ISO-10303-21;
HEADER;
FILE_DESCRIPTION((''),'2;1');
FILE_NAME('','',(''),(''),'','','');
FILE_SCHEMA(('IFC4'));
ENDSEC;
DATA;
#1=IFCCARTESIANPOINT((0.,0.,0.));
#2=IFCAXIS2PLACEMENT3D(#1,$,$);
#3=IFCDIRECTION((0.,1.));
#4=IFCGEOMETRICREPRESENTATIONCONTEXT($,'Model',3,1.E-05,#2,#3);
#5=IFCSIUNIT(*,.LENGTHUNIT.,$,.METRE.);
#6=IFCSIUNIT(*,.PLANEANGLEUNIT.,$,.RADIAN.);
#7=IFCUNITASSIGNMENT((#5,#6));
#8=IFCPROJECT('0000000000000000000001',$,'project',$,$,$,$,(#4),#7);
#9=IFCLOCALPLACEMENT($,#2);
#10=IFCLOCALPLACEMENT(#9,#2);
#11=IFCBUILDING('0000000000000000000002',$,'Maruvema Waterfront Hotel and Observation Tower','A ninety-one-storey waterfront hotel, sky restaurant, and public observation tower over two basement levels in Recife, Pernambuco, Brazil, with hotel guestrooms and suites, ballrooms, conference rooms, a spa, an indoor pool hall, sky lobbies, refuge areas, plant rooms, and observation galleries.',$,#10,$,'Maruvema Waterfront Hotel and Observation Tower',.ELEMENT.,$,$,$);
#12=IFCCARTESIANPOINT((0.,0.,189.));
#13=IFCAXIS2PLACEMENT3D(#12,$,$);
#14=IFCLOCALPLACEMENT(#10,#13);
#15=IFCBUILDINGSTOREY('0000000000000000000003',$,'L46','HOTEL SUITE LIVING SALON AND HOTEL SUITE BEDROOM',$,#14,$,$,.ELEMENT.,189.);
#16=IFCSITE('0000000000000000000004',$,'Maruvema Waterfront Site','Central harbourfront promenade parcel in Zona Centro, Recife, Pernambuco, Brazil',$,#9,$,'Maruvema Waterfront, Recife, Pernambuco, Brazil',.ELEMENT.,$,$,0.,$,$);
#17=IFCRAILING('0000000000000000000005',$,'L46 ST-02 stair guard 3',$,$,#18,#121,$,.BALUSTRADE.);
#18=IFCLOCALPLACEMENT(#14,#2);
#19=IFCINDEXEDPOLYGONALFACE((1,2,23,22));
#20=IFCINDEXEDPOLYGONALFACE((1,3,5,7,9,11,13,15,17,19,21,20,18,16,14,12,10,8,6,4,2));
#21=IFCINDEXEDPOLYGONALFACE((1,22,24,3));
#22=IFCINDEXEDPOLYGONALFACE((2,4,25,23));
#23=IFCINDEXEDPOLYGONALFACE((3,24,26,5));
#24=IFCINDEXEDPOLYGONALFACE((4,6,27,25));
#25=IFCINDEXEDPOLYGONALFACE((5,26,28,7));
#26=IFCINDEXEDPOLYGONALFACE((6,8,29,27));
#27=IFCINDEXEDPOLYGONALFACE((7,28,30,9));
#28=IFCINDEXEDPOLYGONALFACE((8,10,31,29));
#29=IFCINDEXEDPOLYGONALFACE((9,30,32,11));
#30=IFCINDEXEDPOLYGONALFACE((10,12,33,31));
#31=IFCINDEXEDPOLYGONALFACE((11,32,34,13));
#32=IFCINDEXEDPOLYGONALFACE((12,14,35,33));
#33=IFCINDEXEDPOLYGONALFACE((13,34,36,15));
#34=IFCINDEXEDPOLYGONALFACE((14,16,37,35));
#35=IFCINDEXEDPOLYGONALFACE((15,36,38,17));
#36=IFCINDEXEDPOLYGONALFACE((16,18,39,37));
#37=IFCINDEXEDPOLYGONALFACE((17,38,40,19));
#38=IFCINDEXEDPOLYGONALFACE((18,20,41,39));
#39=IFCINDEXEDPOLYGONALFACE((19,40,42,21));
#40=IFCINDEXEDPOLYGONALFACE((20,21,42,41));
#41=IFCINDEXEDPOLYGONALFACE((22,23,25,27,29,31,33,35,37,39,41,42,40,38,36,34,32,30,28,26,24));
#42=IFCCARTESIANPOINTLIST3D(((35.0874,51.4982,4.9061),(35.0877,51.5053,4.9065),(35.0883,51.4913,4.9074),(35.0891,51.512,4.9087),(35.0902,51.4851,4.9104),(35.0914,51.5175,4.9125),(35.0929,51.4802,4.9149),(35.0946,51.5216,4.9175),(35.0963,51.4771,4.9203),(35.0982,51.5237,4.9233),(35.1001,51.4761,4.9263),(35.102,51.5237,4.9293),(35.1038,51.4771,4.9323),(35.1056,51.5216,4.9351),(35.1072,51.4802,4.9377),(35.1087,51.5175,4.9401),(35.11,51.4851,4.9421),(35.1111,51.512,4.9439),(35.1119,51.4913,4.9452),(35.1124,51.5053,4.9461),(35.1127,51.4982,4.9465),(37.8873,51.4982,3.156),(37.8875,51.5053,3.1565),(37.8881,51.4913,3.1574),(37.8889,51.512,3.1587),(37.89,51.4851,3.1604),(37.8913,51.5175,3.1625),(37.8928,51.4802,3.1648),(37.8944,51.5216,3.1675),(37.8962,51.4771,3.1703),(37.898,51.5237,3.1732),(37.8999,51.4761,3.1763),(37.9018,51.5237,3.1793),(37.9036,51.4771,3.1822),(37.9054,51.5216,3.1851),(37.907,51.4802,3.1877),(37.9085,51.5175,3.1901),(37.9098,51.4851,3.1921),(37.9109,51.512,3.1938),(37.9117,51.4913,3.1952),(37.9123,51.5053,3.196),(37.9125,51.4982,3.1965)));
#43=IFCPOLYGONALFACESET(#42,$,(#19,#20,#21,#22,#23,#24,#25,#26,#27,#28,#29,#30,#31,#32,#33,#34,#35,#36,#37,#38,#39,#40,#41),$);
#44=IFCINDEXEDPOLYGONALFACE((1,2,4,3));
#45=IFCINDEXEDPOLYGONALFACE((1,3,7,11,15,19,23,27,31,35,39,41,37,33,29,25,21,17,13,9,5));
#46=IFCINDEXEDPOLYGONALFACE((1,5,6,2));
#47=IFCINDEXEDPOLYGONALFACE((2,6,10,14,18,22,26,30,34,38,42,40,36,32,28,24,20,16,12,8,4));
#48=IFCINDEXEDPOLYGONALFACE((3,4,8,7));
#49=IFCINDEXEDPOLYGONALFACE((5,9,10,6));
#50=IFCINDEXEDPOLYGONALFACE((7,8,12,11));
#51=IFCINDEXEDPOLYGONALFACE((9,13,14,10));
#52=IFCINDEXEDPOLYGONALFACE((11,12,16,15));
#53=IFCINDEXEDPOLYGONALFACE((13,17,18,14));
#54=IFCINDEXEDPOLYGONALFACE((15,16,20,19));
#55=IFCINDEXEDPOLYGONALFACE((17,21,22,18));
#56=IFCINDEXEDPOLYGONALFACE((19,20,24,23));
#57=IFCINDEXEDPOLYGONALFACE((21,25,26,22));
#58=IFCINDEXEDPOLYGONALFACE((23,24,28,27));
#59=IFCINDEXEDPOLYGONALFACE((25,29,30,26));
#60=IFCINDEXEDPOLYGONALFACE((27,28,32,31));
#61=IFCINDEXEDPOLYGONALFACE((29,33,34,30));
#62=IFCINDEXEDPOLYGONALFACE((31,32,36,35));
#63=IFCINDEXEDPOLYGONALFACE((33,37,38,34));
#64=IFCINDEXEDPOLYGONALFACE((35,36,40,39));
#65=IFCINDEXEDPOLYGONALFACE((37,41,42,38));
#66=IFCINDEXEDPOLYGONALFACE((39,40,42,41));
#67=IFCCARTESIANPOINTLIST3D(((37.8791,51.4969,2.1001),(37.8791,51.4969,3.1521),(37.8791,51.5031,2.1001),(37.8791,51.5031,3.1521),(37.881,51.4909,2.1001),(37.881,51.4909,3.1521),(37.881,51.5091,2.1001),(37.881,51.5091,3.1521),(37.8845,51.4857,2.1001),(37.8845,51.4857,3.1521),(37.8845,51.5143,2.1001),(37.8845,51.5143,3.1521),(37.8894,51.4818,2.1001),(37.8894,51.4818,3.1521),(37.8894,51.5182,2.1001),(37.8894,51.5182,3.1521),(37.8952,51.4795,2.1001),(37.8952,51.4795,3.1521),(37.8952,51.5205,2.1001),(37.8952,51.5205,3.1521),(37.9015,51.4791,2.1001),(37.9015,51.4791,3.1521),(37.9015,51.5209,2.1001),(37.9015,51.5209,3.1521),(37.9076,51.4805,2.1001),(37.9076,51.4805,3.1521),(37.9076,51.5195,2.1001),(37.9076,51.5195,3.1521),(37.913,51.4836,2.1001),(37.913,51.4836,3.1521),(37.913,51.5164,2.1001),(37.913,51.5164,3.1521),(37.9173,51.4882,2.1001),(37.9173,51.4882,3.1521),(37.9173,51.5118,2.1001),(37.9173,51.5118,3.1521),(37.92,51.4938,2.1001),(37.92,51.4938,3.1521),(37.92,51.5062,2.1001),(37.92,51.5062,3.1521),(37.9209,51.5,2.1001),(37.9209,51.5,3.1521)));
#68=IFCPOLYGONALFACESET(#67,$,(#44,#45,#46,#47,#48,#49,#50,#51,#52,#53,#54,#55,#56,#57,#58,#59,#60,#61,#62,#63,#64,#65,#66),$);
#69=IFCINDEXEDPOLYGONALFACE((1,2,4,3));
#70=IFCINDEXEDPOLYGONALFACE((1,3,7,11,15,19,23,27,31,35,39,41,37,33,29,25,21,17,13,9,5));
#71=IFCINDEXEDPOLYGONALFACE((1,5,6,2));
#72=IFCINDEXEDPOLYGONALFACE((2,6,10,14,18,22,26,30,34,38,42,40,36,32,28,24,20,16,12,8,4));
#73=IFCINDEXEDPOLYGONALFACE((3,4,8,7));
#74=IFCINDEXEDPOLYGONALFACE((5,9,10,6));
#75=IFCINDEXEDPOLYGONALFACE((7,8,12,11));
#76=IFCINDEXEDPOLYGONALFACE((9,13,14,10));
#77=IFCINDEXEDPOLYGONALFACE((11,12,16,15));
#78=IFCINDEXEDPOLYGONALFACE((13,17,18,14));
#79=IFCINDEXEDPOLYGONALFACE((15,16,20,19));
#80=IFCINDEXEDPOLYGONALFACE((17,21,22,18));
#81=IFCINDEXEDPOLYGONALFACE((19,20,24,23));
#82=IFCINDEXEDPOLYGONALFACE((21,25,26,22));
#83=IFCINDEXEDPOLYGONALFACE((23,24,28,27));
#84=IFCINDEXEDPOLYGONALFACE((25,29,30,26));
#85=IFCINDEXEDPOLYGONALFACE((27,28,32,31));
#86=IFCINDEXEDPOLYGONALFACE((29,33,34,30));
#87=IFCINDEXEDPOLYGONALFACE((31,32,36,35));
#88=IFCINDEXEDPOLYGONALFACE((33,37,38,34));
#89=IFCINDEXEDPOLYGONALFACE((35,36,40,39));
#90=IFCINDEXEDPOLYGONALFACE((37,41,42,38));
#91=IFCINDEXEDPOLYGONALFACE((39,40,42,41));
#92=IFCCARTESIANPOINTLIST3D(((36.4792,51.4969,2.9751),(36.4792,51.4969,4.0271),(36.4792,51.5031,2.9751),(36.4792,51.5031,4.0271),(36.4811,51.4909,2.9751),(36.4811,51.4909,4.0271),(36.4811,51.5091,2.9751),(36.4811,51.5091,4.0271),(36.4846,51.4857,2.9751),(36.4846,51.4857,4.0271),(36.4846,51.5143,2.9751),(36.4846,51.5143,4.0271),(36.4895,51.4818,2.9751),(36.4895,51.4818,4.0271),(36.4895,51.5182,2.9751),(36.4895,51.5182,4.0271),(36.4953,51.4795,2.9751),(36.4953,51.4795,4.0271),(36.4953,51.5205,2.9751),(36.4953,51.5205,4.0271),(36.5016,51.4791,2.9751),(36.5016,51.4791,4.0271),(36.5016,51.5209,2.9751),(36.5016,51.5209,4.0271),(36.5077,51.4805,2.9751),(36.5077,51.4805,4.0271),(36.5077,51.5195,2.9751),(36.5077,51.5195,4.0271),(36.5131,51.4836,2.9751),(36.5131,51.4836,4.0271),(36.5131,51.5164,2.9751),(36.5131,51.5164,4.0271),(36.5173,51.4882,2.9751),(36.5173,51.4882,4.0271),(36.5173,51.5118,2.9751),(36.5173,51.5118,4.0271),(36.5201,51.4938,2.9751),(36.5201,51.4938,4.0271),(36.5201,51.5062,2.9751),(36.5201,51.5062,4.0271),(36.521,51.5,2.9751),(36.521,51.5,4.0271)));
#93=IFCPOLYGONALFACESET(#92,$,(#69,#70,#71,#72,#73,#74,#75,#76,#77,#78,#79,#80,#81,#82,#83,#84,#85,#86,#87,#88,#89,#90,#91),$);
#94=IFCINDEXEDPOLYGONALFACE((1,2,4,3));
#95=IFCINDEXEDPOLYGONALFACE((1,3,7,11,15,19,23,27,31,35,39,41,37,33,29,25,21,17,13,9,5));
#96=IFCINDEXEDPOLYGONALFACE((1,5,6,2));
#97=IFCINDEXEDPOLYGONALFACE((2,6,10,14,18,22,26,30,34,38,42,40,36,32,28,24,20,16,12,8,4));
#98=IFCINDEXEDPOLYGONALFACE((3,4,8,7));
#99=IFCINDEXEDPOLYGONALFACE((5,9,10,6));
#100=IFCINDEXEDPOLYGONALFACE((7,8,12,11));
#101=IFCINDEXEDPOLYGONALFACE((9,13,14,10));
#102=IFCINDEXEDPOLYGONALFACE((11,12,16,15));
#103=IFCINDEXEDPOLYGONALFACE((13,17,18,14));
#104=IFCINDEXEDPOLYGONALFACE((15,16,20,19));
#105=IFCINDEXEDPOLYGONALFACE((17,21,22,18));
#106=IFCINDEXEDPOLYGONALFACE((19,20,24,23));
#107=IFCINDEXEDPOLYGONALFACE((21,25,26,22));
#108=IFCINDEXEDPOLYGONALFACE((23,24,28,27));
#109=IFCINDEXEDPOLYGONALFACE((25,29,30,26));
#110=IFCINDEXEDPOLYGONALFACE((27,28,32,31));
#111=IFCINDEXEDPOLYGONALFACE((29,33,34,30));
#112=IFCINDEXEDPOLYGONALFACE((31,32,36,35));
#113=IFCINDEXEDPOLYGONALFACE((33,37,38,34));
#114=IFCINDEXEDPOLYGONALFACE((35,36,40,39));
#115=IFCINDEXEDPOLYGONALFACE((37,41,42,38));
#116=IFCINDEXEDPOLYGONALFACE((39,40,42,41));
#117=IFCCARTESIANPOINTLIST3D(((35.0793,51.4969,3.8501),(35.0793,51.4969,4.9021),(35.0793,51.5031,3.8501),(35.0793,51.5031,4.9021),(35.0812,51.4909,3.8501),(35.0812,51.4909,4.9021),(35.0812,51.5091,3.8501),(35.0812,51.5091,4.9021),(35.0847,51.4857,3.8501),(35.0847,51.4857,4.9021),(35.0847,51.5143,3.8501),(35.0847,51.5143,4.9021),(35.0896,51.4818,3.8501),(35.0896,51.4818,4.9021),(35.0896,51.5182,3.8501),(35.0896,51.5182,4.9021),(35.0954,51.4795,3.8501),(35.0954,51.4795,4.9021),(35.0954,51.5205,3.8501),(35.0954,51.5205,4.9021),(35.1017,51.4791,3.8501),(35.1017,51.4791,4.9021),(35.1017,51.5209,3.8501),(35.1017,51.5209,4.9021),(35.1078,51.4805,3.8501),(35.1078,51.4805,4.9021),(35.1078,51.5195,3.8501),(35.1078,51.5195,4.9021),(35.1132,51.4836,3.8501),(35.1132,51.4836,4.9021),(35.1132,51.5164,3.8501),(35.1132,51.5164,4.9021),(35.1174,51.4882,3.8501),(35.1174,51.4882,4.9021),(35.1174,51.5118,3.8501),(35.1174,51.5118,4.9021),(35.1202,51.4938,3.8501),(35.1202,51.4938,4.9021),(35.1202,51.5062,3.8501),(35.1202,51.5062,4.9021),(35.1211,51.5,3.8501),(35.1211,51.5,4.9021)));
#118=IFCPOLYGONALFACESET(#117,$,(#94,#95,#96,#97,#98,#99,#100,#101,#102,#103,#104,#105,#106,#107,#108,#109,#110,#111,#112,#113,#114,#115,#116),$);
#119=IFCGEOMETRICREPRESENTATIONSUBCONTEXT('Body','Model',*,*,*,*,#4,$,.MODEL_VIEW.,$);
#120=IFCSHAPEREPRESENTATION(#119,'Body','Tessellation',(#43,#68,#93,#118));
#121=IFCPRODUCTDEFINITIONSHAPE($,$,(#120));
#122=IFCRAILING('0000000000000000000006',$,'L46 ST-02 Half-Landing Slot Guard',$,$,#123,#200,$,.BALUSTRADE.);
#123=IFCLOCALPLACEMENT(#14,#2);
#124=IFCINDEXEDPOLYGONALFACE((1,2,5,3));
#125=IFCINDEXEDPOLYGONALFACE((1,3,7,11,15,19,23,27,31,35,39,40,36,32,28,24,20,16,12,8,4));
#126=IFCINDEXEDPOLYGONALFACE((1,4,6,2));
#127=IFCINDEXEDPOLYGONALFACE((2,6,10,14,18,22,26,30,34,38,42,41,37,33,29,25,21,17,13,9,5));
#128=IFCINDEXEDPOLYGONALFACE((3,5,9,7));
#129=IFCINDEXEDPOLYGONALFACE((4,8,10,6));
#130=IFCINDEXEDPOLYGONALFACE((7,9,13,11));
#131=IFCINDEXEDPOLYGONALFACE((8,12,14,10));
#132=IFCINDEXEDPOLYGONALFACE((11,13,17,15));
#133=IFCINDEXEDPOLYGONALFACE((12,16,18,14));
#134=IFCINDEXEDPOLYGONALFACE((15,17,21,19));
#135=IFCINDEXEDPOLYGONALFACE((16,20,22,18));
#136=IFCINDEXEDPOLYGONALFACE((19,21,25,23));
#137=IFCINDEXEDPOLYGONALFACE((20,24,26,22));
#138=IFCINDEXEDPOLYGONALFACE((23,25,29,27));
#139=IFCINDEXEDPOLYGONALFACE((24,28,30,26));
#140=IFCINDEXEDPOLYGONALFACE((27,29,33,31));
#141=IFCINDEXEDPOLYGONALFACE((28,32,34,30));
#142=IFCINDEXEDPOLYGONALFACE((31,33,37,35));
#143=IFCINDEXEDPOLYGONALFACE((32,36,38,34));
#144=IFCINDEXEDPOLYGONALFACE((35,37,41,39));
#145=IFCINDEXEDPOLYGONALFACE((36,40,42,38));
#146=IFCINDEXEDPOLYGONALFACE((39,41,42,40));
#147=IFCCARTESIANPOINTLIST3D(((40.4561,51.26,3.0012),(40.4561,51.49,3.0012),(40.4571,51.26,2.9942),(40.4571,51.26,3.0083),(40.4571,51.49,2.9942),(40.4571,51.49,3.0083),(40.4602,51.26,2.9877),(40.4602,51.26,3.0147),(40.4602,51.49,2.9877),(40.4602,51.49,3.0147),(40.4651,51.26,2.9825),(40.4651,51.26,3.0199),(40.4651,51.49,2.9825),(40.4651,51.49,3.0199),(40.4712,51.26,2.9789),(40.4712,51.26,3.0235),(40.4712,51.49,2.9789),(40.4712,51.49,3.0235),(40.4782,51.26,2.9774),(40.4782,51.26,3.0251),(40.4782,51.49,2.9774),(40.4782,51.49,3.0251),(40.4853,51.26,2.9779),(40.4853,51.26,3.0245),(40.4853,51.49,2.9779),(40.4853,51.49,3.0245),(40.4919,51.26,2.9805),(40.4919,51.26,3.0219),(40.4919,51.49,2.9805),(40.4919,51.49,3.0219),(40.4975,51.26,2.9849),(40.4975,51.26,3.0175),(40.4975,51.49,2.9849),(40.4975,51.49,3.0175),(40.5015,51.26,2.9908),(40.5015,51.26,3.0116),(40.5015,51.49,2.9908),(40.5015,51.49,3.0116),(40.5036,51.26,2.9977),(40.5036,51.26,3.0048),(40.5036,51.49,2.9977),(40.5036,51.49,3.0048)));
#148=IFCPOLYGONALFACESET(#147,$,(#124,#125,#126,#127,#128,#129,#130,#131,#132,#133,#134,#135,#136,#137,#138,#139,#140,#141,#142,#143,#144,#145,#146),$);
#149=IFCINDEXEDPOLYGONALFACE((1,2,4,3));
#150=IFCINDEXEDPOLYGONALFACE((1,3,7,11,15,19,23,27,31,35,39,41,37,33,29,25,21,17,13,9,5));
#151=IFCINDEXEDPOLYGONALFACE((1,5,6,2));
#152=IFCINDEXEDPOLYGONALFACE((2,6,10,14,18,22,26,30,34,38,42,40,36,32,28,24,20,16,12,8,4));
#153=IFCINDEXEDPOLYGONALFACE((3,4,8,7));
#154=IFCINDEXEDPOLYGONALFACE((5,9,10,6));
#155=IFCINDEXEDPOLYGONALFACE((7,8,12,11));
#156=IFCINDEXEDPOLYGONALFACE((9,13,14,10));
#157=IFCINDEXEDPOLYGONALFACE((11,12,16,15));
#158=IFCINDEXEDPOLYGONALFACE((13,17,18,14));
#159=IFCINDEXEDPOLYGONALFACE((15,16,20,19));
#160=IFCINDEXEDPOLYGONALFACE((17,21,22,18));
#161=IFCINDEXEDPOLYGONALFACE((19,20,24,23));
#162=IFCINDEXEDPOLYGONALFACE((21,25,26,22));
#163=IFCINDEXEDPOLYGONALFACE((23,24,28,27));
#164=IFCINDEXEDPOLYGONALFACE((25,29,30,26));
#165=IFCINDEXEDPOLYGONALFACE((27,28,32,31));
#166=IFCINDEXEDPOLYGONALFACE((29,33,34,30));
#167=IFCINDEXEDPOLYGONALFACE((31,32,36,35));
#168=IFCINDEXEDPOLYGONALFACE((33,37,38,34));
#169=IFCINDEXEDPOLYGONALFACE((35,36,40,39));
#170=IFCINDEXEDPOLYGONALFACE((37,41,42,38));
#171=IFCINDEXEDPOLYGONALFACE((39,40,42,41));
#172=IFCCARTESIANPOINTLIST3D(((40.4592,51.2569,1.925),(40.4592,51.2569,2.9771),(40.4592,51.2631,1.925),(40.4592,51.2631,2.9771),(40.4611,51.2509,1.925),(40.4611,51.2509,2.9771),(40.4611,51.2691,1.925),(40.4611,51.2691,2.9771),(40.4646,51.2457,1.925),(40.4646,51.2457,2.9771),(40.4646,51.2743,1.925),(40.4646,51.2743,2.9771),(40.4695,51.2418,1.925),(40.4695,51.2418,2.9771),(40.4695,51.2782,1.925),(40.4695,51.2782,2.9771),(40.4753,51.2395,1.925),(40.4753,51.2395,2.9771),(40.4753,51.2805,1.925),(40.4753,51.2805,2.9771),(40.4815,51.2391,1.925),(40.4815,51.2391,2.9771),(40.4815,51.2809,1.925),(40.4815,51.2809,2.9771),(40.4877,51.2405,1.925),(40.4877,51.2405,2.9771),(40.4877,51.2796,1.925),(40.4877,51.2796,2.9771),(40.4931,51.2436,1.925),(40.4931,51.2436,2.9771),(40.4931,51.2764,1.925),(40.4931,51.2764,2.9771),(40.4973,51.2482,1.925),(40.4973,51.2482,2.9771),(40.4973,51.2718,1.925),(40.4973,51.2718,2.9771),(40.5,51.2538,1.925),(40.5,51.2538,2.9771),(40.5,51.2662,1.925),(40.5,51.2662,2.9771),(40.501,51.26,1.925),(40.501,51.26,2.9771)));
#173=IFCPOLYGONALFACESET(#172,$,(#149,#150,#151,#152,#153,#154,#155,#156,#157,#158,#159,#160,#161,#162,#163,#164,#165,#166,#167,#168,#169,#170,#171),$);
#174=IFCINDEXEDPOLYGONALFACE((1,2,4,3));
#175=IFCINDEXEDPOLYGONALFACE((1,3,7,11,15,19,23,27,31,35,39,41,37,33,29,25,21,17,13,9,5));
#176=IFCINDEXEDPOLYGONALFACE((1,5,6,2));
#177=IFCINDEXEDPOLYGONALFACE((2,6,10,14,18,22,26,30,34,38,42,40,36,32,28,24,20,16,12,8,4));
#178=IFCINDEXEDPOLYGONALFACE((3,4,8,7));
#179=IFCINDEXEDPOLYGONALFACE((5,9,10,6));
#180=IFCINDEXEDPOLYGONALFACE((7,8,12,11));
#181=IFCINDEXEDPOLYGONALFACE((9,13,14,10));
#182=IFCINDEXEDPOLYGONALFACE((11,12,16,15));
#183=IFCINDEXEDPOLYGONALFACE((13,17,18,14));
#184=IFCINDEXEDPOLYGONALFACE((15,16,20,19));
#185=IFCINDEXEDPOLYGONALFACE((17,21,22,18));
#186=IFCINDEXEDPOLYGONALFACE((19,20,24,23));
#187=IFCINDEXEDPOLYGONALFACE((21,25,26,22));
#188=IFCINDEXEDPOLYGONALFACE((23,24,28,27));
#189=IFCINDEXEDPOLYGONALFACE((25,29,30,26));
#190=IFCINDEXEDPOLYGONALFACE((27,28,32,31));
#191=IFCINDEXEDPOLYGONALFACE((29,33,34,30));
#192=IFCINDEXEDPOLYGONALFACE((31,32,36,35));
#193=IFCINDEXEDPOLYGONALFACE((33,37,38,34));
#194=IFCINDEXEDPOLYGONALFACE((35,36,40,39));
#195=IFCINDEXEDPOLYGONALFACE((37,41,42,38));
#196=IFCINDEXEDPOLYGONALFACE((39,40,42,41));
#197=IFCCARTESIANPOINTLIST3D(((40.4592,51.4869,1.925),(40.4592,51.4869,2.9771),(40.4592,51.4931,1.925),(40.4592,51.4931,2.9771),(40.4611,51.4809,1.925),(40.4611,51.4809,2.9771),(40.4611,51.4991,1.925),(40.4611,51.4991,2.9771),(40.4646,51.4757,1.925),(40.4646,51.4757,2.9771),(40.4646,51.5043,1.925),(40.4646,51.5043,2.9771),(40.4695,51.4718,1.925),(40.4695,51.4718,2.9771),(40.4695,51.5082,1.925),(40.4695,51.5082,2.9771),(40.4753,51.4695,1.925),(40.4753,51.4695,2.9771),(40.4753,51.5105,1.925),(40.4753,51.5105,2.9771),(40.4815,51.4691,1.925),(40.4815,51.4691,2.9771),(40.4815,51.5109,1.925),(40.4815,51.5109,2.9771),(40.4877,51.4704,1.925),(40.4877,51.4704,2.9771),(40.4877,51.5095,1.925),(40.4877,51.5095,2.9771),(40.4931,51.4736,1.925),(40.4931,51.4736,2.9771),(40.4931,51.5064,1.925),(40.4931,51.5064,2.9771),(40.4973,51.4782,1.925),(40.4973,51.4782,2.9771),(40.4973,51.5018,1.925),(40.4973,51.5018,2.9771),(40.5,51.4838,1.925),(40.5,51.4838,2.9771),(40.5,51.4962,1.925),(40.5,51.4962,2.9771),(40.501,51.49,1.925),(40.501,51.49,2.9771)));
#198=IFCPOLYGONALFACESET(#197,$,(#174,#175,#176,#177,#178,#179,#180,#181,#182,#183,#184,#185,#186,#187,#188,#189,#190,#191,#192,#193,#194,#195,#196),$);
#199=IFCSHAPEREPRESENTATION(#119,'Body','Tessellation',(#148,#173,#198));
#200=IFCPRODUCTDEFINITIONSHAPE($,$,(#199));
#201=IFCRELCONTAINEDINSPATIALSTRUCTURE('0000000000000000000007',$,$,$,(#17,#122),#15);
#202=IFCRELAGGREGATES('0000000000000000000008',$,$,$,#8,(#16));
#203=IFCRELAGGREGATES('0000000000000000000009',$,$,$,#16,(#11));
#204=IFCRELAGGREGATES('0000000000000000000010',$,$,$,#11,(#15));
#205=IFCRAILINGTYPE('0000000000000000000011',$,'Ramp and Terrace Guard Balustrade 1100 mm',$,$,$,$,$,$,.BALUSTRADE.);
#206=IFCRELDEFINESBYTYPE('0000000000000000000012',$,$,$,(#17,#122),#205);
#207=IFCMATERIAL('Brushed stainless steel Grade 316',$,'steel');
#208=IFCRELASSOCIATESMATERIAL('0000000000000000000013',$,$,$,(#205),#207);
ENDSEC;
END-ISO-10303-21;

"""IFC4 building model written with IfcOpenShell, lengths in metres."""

from ifc_helpers import new_model, si_unit, direction, frame, origin, origin_2d, place, context, subcontext, project, spatial, circle, extrude, material, type_object, element, save


model = new_model("IFC4")

# Units and contexts
model_context = context("Model", 3, precision=1e-05, world=origin(), true_north=direction((0.0, 1.0)))
body_context = subcontext(model_context, "Body", "Model", "MODEL_VIEW")
ifc_project = project(units=[si_unit("LENGTHUNIT", "METRE"), si_unit("PLANEANGLEUNIT", "RADIAN")], contexts=[model_context])

# Site, building, storey
site_placement = place(None, origin())
site = spatial("IfcSite", under=ifc_project, at=site_placement, Name="Maruvema Waterfront Site", Description="Central harbourfront promenade parcel in Zona Centro, Recife, Pernambuco, Brazil", LongName="Maruvema Waterfront, Recife, Pernambuco, Brazil", CompositionType="ELEMENT", RefElevation=0.0)
building_placement = place(site_placement, origin())
building = spatial("IfcBuilding", under=site, at=building_placement, Name="Maruvema Waterfront Hotel and Observation Tower", Description="A ninety-one-storey waterfront hotel, sky restaurant, and public observation tower over two basement levels in Recife, Pernambuco, Brazil, with hotel guestrooms and suites, ballrooms, conference rooms, a spa, an indoor pool hall, sky lobbies, refuge areas, plant rooms, and observation galleries.", LongName="Maruvema Waterfront Hotel and Observation Tower", CompositionType="ELEMENT")
storey_placement = place(building_placement, frame((0.0, 0.0, 189.0)))
storey = spatial("IfcBuildingStorey", under=building, at=storey_placement, Name="L46", Description="HOTEL SUITE LIVING SALON AND HOTEL SUITE BEDROOM", CompositionType="ELEMENT", Elevation=189.0)

# Railings
ifc_material_1 = material(Name="Brushed stainless steel Grade 316", Category="steel")
railing_type_1 = type_object("IfcRailingType", Name="Ramp and Terrace Guard Balustrade 1100 mm", PredefinedType="BALUSTRADE", material=ifc_material_1)
railing_1_placement = place(storey_placement, frame((37.8999, 51.5, 2.1001)))
element("IfcRailing", 1, at=railing_1_placement, inside=storey, type_object=railing_type_1, Name="L46 ST-02 stair guard 3", PredefinedType="BALUSTRADE", context=body_context, shape_type="SweptSolid", body=[
    extrude(circle(Radius=0.0239, at=origin_2d()), frame((0.0, 0.0, 1.0762), z_axis=(-0.847982, 0.0, 0.530026), x_axis=(0.0, -1.0, 0.0)), (0.0, 0.0, 1.0), 3.3018),
    extrude(circle(Radius=0.021, at=origin_2d()), origin(), (0.0, 0.0, 1.0), 1.052),
    extrude(circle(Radius=0.021, at=origin_2d()), frame((-1.3999, 0.0, 0.875)), (0.0, 0.0, 1.0), 1.052),
    extrude(circle(Radius=0.021, at=origin_2d()), frame((-2.7998, 0.0, 1.75)), (0.0, 0.0, 1.0), 1.052),
])
railing_2_placement = place(storey_placement, frame((40.48, 51.26, 1.925)))
element("IfcRailing", 2, at=railing_2_placement, inside=storey, type_object=railing_type_1, Name="L46 ST-02 Half-Landing Slot Guard", PredefinedType="BALUSTRADE", context=body_context, shape_type="SweptSolid", body=[
    extrude(circle(Radius=0.0239, at=origin_2d()), frame((0.0, 0.0, 1.0762), z_axis=(0.0, 1.0, 0.0), x_axis=(-1.0, 0.0, 0.0)), (0.0, 0.0, 1.0), 0.23),
    extrude(circle(Radius=0.021, at=origin_2d()), origin(), (0.0, 0.0, 1.0), 1.052),
    extrude(circle(Radius=0.021, at=origin_2d()), frame((0.0, 0.23, 0.0)), (0.0, 0.0, 1.0), 1.052),
])

save(model, "model.ifc")
